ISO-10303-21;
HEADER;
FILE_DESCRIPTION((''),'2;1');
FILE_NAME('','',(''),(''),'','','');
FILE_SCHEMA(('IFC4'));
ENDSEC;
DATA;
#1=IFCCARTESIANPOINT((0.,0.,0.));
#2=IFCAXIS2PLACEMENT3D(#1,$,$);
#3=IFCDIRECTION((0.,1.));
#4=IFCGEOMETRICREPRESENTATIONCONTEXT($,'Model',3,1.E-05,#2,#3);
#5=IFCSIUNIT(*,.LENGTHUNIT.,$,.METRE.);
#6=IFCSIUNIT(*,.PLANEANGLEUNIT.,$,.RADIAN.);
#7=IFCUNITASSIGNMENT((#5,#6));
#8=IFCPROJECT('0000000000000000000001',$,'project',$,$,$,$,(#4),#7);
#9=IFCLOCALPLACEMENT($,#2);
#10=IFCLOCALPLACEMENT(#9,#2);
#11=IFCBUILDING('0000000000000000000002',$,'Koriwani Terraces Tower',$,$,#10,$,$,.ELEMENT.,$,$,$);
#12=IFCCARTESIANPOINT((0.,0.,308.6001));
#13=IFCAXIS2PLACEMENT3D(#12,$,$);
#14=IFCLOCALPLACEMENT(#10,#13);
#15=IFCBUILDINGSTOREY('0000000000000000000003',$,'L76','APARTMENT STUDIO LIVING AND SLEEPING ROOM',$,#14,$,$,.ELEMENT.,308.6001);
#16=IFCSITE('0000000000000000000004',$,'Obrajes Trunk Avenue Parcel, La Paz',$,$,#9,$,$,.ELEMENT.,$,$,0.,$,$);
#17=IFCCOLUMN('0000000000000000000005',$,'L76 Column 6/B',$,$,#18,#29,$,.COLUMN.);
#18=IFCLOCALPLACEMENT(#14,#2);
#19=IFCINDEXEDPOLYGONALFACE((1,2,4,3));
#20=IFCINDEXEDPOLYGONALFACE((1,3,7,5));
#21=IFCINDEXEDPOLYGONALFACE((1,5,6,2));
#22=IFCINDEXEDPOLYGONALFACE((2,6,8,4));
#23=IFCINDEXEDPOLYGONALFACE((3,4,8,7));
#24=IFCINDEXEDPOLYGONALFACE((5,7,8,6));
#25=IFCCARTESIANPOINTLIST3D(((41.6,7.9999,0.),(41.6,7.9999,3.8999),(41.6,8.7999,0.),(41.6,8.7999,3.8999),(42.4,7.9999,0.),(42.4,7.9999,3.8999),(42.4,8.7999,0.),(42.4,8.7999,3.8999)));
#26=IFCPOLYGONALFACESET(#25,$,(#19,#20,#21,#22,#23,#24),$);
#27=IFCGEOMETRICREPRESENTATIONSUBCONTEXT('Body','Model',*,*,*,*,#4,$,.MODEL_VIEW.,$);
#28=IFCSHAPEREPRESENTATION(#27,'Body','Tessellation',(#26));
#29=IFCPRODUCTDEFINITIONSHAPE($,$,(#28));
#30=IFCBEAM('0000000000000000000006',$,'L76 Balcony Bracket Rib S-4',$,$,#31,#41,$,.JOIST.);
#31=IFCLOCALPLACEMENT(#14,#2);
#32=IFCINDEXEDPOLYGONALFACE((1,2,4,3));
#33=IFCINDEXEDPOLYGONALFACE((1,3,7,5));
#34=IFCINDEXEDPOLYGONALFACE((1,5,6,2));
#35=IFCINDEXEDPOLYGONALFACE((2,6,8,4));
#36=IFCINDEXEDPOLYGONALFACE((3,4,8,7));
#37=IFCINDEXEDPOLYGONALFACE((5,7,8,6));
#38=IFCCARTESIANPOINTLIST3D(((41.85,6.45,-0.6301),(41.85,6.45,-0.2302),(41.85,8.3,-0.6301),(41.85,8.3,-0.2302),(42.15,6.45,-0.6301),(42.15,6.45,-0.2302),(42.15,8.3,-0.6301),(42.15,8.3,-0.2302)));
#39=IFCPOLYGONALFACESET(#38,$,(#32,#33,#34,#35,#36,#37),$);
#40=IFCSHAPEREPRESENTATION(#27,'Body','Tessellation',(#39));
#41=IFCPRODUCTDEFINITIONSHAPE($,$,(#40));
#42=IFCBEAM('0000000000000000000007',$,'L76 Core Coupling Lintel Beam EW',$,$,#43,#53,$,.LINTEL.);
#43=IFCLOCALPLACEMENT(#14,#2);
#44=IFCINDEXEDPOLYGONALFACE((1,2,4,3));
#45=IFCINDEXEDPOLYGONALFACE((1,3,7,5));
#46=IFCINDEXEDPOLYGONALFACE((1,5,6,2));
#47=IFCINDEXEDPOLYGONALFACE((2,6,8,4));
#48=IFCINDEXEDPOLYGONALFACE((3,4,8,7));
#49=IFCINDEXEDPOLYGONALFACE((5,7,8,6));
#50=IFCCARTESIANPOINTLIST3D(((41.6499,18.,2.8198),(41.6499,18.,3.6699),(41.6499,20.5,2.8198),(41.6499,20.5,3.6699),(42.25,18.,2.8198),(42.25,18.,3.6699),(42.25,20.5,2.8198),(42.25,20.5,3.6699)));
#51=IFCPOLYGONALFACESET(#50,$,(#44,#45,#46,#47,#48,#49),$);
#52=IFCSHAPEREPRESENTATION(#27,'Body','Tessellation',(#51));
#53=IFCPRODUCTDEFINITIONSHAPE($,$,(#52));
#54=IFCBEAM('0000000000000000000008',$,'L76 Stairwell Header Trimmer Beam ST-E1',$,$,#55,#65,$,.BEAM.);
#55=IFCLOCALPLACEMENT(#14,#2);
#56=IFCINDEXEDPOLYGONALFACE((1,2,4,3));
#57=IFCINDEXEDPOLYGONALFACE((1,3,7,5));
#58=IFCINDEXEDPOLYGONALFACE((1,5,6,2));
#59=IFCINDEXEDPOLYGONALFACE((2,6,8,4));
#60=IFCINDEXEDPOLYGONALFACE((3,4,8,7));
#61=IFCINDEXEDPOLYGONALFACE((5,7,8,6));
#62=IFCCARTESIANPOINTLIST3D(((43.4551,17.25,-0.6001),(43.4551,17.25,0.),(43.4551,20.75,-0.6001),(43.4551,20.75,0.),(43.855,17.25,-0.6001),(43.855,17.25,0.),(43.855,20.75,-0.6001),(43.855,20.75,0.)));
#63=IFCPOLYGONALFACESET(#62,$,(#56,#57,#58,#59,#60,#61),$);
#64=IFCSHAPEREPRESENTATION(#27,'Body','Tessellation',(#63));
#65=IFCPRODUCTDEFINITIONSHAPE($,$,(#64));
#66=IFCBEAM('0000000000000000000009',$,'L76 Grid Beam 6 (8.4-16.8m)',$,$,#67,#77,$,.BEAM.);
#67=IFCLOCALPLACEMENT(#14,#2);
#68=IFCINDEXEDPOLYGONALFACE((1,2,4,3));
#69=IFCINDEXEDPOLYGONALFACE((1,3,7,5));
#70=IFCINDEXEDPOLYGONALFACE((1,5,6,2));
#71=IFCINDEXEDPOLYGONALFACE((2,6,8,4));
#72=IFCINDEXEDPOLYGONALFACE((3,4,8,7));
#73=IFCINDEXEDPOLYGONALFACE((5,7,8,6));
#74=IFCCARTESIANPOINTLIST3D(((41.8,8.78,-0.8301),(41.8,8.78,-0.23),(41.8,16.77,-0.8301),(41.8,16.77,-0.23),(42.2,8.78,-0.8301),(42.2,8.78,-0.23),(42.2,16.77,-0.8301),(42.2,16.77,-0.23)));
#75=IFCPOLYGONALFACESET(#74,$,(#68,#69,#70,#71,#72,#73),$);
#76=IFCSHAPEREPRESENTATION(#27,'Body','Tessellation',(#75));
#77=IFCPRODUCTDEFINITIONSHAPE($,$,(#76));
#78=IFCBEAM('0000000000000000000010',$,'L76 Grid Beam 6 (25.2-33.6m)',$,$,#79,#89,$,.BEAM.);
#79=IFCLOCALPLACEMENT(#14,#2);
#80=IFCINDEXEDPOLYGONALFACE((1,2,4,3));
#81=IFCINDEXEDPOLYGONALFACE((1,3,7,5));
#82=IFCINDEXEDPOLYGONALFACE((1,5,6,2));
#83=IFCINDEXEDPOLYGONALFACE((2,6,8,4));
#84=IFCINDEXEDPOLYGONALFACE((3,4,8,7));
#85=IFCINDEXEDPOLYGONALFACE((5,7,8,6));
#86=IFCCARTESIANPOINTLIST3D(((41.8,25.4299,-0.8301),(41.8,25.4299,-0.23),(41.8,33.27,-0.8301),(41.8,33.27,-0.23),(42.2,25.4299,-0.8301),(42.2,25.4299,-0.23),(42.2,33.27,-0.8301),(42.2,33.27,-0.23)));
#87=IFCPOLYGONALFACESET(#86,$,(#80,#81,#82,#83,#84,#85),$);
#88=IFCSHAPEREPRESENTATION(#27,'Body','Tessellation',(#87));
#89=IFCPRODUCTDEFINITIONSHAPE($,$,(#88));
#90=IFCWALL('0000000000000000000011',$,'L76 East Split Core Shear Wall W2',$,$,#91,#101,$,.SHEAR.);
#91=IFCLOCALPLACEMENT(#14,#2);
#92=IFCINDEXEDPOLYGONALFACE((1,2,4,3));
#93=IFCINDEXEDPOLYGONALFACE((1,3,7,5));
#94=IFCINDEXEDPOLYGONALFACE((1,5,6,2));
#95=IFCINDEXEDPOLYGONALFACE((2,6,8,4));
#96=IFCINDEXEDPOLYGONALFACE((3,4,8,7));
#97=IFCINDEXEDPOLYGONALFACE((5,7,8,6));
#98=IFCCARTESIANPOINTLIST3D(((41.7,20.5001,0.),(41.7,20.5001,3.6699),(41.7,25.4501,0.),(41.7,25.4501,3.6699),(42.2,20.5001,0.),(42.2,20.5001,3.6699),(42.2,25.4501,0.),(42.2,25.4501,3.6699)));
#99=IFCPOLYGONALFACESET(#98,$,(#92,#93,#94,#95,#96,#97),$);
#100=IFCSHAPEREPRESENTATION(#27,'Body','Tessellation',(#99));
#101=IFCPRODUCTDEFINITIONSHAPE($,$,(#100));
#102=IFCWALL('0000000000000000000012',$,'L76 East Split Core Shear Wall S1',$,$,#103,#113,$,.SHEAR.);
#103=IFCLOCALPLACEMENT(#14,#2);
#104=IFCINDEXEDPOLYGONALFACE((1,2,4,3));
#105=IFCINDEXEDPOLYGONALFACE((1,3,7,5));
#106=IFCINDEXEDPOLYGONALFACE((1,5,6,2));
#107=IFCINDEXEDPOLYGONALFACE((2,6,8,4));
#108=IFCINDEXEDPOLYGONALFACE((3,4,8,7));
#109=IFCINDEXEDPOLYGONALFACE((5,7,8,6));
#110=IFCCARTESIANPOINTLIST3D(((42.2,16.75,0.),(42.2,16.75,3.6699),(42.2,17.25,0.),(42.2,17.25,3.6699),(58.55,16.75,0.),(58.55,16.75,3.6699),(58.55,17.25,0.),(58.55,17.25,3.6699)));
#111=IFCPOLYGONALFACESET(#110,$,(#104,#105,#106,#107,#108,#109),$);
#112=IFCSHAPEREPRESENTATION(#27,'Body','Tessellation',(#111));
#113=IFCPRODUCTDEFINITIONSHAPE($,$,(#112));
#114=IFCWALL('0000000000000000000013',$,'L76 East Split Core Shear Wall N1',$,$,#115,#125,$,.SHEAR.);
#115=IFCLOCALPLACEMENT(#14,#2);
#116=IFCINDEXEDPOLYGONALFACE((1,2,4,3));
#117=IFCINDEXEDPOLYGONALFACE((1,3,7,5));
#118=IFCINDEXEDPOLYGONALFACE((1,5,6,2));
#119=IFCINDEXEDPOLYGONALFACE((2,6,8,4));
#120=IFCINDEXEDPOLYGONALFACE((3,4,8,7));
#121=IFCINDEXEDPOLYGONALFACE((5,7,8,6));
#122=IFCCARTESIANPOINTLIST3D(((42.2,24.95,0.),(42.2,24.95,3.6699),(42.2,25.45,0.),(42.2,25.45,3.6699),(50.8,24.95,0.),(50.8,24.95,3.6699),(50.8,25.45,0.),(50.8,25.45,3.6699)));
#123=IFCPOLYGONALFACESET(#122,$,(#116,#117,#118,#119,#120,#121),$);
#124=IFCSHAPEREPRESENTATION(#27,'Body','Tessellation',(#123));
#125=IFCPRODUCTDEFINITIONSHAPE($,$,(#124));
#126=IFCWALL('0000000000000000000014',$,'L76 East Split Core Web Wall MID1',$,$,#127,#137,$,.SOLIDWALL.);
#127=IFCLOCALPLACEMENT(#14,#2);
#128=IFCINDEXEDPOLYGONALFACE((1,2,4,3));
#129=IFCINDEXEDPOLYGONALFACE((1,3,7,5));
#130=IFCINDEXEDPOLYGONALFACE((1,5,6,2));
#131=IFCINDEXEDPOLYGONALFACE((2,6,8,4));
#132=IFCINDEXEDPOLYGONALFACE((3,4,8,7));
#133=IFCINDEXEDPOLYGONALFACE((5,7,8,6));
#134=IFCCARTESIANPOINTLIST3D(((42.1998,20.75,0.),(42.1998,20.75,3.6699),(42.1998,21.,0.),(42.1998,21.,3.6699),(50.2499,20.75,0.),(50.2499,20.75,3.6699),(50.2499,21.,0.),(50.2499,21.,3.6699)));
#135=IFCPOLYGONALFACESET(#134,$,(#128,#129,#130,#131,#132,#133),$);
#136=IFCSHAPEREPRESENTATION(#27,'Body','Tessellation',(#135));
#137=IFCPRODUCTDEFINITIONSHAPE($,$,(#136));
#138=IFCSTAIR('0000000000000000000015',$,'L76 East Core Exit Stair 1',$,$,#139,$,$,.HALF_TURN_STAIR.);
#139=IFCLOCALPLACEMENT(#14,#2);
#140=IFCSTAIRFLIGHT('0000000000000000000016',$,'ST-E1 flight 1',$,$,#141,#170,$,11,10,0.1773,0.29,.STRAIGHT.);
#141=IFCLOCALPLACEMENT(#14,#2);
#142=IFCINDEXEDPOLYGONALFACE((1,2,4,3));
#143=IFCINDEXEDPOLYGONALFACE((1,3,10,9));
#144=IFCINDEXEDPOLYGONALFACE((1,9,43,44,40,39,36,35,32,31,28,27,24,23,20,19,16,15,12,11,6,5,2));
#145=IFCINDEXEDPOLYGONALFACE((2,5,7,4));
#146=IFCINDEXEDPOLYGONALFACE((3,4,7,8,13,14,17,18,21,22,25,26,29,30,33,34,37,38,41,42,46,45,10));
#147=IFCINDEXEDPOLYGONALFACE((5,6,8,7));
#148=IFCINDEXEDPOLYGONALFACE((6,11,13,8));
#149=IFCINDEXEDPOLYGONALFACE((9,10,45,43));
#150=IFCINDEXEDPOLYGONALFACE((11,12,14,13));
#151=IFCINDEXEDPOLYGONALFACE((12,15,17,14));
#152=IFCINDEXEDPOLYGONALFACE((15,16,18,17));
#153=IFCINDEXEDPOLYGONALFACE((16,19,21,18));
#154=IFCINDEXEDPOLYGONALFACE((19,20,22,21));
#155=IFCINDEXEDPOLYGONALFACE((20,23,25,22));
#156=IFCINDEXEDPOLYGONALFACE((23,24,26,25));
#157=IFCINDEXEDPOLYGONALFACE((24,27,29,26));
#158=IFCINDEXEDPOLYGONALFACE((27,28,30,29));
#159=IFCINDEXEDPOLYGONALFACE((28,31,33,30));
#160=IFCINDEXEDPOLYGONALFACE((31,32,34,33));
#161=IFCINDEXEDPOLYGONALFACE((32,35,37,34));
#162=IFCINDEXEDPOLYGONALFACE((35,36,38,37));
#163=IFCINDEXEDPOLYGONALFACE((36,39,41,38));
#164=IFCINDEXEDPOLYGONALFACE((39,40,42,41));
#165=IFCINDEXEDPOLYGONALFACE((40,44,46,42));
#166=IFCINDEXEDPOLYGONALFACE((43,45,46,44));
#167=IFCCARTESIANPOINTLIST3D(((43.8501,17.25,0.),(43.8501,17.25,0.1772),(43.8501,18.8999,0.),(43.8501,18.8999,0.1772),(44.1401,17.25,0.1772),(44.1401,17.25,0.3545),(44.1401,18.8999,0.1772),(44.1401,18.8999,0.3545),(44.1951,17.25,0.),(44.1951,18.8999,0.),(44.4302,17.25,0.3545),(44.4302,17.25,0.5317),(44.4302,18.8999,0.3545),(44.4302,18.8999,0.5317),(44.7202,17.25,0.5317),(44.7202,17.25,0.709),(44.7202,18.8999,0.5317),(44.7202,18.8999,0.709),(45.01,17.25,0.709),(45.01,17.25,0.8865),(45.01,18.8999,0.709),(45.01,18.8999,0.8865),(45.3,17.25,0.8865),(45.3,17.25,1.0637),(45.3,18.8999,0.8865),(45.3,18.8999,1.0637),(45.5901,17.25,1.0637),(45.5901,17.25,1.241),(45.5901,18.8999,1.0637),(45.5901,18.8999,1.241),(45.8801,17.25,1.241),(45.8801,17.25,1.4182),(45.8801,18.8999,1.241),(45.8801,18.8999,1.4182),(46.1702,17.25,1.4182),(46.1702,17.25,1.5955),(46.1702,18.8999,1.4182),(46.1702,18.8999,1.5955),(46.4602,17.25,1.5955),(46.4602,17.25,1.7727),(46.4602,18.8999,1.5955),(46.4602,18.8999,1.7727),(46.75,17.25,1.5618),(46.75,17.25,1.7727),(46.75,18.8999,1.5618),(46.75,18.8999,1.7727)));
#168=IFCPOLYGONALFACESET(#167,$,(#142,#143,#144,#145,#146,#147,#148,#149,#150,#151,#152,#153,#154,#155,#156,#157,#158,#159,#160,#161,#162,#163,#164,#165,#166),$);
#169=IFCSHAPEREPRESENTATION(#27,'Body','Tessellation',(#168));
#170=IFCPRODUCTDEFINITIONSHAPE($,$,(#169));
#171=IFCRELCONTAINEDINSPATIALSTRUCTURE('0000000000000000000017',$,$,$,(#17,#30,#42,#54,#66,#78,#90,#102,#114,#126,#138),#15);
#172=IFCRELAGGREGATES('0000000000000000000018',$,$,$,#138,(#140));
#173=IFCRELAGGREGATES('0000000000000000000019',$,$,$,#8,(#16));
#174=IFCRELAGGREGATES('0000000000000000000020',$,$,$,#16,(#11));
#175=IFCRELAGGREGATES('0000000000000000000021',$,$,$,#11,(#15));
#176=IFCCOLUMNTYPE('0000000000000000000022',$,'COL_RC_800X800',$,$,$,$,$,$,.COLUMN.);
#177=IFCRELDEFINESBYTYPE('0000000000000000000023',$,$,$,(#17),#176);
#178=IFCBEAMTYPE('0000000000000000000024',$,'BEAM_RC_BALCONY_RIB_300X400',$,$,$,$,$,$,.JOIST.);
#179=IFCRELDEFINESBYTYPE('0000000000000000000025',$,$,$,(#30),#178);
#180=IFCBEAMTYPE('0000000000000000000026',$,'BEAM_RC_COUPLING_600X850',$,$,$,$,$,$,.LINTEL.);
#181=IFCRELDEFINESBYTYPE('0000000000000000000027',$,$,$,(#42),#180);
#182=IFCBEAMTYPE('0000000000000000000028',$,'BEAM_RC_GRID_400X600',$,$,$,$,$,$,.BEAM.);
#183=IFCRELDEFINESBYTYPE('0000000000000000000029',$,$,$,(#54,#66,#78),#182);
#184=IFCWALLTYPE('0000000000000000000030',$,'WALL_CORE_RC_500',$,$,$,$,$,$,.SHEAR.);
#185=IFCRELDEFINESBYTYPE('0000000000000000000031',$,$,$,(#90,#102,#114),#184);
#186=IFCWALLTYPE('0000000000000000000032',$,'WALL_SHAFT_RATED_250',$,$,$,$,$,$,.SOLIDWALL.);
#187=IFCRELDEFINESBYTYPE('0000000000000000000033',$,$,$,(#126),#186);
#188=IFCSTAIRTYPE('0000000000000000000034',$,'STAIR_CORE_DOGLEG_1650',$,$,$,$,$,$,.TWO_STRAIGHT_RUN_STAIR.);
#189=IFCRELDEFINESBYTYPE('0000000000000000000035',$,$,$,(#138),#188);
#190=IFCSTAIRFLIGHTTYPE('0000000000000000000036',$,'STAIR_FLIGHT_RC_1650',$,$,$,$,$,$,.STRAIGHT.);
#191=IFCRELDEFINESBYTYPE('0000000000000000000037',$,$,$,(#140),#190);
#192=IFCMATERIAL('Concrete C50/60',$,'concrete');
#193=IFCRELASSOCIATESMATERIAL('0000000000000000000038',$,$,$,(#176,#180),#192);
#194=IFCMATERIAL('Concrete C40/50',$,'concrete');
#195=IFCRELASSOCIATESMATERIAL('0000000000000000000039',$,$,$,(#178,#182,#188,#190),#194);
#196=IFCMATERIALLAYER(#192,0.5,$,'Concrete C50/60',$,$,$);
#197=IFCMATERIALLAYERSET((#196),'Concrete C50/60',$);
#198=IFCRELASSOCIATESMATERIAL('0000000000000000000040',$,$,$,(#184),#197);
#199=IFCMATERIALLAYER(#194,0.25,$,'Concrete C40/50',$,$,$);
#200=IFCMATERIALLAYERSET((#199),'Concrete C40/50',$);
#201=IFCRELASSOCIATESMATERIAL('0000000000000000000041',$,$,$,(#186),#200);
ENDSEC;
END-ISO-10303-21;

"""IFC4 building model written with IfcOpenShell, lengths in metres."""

from ifc_helpers import new_model, si_unit, direction, frame, frame_2d, origin, origin_2d, place, context, subcontext, project, spatial, polyline, rectangle, outline, extrude, material, layer, layer_set, material_profile, profile_set, type_object, element, aggregate, save


model = new_model("IFC4")

# Units and contexts
model_context = context("Model", 3, precision=1e-05, world=origin(), true_north=direction((0.0, 1.0)))
body_context = subcontext(model_context, "Body", "Model", "MODEL_VIEW")
ifc_project = project(units=[si_unit("LENGTHUNIT", "METRE"), si_unit("PLANEANGLEUNIT", "RADIAN")], contexts=[model_context])

# Site, building, storey
site_placement = place(None, origin())
site = spatial("IfcSite", under=ifc_project, at=site_placement, Name="Obrajes Trunk Avenue Parcel, La Paz", CompositionType="ELEMENT", RefElevation=0.0)
building_placement = place(site_placement, origin())
building = spatial("IfcBuilding", under=site, at=building_placement, Name="Koriwani Terraces Tower", CompositionType="ELEMENT")
storey_placement = place(building_placement, frame((0.0, 0.0, 308.6001)))
storey = spatial("IfcBuildingStorey", under=building, at=storey_placement, Name="L76", Description="APARTMENT STUDIO LIVING AND SLEEPING ROOM", CompositionType="ELEMENT", Elevation=308.6001)

# Column
ifc_material_1 = material(Name="Concrete C50/60", Category="concrete")
ifc_material_profile_1 = material_profile(ifc_material_1, rectangle(XDim=0.8, YDim=0.8, at=origin_2d()), Name="Concrete C50/60", Category="LoadBearing")
ifc_profile_set_1 = profile_set([ifc_material_profile_1], Name="Concrete C50/60")
column_type = type_object("IfcColumnType", Name="COL_RC_800X800", PredefinedType="COLUMN", material=ifc_profile_set_1)
column_placement = place(storey_placement, frame((42.0, 8.3999, 0.0), z_axis=(0.0, 0.0, 1.0), x_axis=(1.0, 0.0, 0.0)))
element("IfcColumn", 1, at=column_placement, inside=storey, type_object=column_type, Name="L76 Column 6/B", PredefinedType="COLUMN", context=body_context, shape_type="SweptSolid", body=[
    extrude(rectangle(XDim=0.8, YDim=0.8, at=origin_2d()), origin(), (0.0, 0.0, 1.0), 3.8999),
])

# Beams
ifc_material_2 = material(Name="Concrete C40/50", Category="concrete")
ifc_material_profile_2 = material_profile(ifc_material_2, rectangle(XDim=0.3, YDim=0.3999, at=origin_2d()), Name="Concrete C40/50", Category="LoadBearing")
ifc_profile_set_2 = profile_set([ifc_material_profile_2], Name="Concrete C40/50")
beam_type_1 = type_object("IfcBeamType", Name="BEAM_RC_BALCONY_RIB_300X400", PredefinedType="JOIST", material=ifc_profile_set_2)
beam_1_placement = place(storey_placement, frame((42.0, 6.45, -0.4302), z_axis=(0.0, 1.0, 0.0), x_axis=(-1.0, 0.0, 0.0)))
element("IfcBeam", 2, at=beam_1_placement, inside=storey, type_object=beam_type_1, Name="L76 Balcony Bracket Rib S-4", PredefinedType="JOIST", context=body_context, shape_type="SweptSolid", body=[
    extrude(rectangle(XDim=0.3, YDim=0.3999, at=origin_2d()), origin(), (0.0, 0.0, 1.0), 1.8501),
])
ifc_material_profile_3 = material_profile(ifc_material_1, rectangle(XDim=0.6001, YDim=0.8501, at=origin_2d()), Name="Concrete C50/60", Category="LoadBearing")
ifc_profile_set_3 = profile_set([ifc_material_profile_3], Name="Concrete C50/60")
beam_type_2 = type_object("IfcBeamType", Name="BEAM_RC_COUPLING_600X850", PredefinedType="LINTEL", material=ifc_profile_set_3)
beam_2_placement = place(storey_placement, frame((41.95, 18.0, 3.2449), z_axis=(0.0, 1.0, 0.0), x_axis=(-1.0, 0.0, 0.0)))
element("IfcBeam", 3, at=beam_2_placement, inside=storey, type_object=beam_type_2, Name="L76 Core Coupling Lintel Beam EW", PredefinedType="LINTEL", context=body_context, shape_type="SweptSolid", body=[
    extrude(rectangle(XDim=0.6001, YDim=0.8501, at=origin_2d()), origin(), (0.0, 0.0, 1.0), 2.5),
])
ifc_material_profile_4 = material_profile(ifc_material_2, rectangle(XDim=0.3999, YDim=0.6001, at=origin_2d()), Name="Concrete C40/50", Category="LoadBearing")
ifc_profile_set_4 = profile_set([ifc_material_profile_4], Name="Concrete C40/50")
beam_type_3 = type_object("IfcBeamType", Name="BEAM_RC_GRID_400X600", PredefinedType="BEAM", material=ifc_profile_set_4)
beam_3_placement = place(storey_placement, frame((43.655, 17.25, -0.3), z_axis=(0.0, 1.0, 0.0), x_axis=(-1.0, 0.0, 0.0)))
element("IfcBeam", 4, at=beam_3_placement, inside=storey, type_object=beam_type_3, Name="L76 Stairwell Header Trimmer Beam ST-E1", PredefinedType="BEAM", context=body_context, shape_type="SweptSolid", body=[
    extrude(rectangle(XDim=0.3999, YDim=0.6001, at=origin_2d()), origin(), (0.0, 0.0, 1.0), 3.5),
])
beam_4_placement = place(storey_placement, frame((42.0, 8.78, -0.53), z_axis=(0.0, 1.0, 0.0), x_axis=(-1.0, 0.0, 0.0)))
element("IfcBeam", 5, at=beam_4_placement, inside=storey, type_object=beam_type_3, Name="L76 Grid Beam 6 (8.4-16.8m)", PredefinedType="BEAM", context=body_context, shape_type="SweptSolid", body=[
    extrude(rectangle(XDim=0.3999, YDim=0.6001, at=origin_2d()), origin(), (0.0, 0.0, 1.0), 7.99),
])
beam_5_placement = place(storey_placement, frame((42.0, 25.4299, -0.53), z_axis=(0.0, 1.0, 0.0), x_axis=(-1.0, 0.0, 0.0)))
element("IfcBeam", 6, at=beam_5_placement, inside=storey, type_object=beam_type_3, Name="L76 Grid Beam 6 (25.2-33.6m)", PredefinedType="BEAM", context=body_context, shape_type="SweptSolid", body=[
    extrude(rectangle(XDim=0.3999, YDim=0.6001, at=origin_2d()), origin(), (0.0, 0.0, 1.0), 7.8401),
])

# Walls
ifc_layer_1 = layer(ifc_material_1, 0.5, Name="Concrete C50/60")
ifc_layer_set_1 = layer_set([ifc_layer_1], Name="Concrete C50/60")
wall_type_1 = type_object("IfcWallType", Name="WALL_CORE_RC_500", PredefinedType="SHEAR", material=ifc_layer_set_1)
wall_1_placement = place(storey_placement, frame((41.95, 20.5, 0.0), z_axis=(0.0, 0.0, 1.0), x_axis=(0.0, 1.0, 0.0)))
element("IfcWall", 7, at=wall_1_placement, inside=storey, type_object=wall_type_1, Name="L76 East Split Core Shear Wall W2", PredefinedType="SHEAR", context=body_context, shape_type="SweptSolid", body=[
    extrude(rectangle(XDim=4.95, YDim=0.5, at=frame_2d((2.4751, 0.0))), origin(), (0.0, 0.0, 1.0), 3.6699),
])
wall_2_placement = place(storey_placement, frame((42.2, 17.0, 0.0), z_axis=(0.0, 0.0, 1.0), x_axis=(1.0, 0.0, 0.0)))
element("IfcWall", 8, at=wall_2_placement, inside=storey, type_object=wall_type_1, Name="L76 East Split Core Shear Wall S1", PredefinedType="SHEAR", context=body_context, shape_type="SweptSolid", body=[
    extrude(rectangle(XDim=16.3501, YDim=0.5, at=frame_2d((8.175, 0.0))), origin(), (0.0, 0.0, 1.0), 3.6699),
])
wall_3_placement = place(storey_placement, frame((42.2, 25.2, 0.0), z_axis=(0.0, 0.0, 1.0), x_axis=(1.0, 0.0, 0.0)))
element("IfcWall", 9, at=wall_3_placement, inside=storey, type_object=wall_type_1, Name="L76 East Split Core Shear Wall N1", PredefinedType="SHEAR", context=body_context, shape_type="SweptSolid", body=[
    extrude(rectangle(XDim=8.6001, YDim=0.5, at=frame_2d((4.3, 0.0))), origin(), (0.0, 0.0, 1.0), 3.6699),
])
ifc_layer_2 = layer(ifc_material_2, 0.25, Name="Concrete C40/50")
ifc_layer_set_2 = layer_set([ifc_layer_2], Name="Concrete C40/50")
wall_type_2 = type_object("IfcWallType", Name="WALL_SHAFT_RATED_250", PredefinedType="SOLIDWALL", material=ifc_layer_set_2)
wall_4_placement = place(storey_placement, frame((42.2, 20.875, 0.0), z_axis=(0.0, 0.0, 1.0), x_axis=(1.0, 0.0, 0.0)))
element("IfcWall", 10, at=wall_4_placement, inside=storey, type_object=wall_type_2, Name="L76 East Split Core Web Wall MID1", PredefinedType="SOLIDWALL", context=body_context, shape_type="SweptSolid", body=[
    extrude(rectangle(XDim=8.05, YDim=0.25, at=frame_2d((4.0249, 0.0))), origin(), (0.0, 0.0, 1.0), 3.6699),
])

# Stair, stair flight
stair_type = type_object("IfcStairType", Name="STAIR_CORE_DOGLEG_1650", PredefinedType="TWO_STRAIGHT_RUN_STAIR", material=ifc_material_2)
stair_placement = place(storey_placement, origin())
stair = element("IfcStair", 11, at=stair_placement, inside=storey, type_object=stair_type, Name="L76 East Core Exit Stair 1", PredefinedType="HALF_TURN_STAIR")
stair_flight_type = type_object("IfcStairFlightType", Name="STAIR_FLIGHT_RC_1650", PredefinedType="STRAIGHT", material=ifc_material_2)
stair_flight_1_placement = place(storey_placement, frame((43.8501, 18.075, 0.0), z_axis=(0.0, 0.0, 1.0), x_axis=(1.0, 0.0, 0.0)))
stair_flight_1 = element("IfcStairFlight", 12, at=stair_flight_1_placement, type_object=stair_flight_type, Name="ST-E1 flight 1", NumberOfRisers=11, NumberOfTreads=10, PredefinedType="STRAIGHT", RiserHeight=0.1773, TreadLength=0.29, context=body_context, shape_type="SweptSolid", body=[
    extrude(outline(polyline([(0.0, 0.0), (0.0, 0.1772), (0.29, 0.1772), (0.29, 0.3545), (0.5801, 0.3545), (0.5801, 0.5317), (0.8701, 0.5317), (0.8701, 0.709), (1.1599, 0.709), (1.1599, 0.8865), (1.45, 0.8865), (1.45, 1.0637), (1.74, 1.0637), (1.74, 1.241), (2.03, 1.241), (2.03, 1.4182), (2.3201, 1.4182), (2.3201, 1.5955), (2.6101, 1.5955), (2.6101, 1.7727), (2.8999, 1.7727), (2.8999, 1.95), (2.8999, 1.5618), (0.345, 0.0), (0.0, 0.0)])), frame((0.0, 0.825, 0.0), z_axis=(0.0, -1.0, 0.0), x_axis=(1.0, 0.0, 0.0)), (0.0, 0.0, 1.0), 1.6499),
])
aggregate(stair, [stair_flight_1])

save(model, "model.ifc")
